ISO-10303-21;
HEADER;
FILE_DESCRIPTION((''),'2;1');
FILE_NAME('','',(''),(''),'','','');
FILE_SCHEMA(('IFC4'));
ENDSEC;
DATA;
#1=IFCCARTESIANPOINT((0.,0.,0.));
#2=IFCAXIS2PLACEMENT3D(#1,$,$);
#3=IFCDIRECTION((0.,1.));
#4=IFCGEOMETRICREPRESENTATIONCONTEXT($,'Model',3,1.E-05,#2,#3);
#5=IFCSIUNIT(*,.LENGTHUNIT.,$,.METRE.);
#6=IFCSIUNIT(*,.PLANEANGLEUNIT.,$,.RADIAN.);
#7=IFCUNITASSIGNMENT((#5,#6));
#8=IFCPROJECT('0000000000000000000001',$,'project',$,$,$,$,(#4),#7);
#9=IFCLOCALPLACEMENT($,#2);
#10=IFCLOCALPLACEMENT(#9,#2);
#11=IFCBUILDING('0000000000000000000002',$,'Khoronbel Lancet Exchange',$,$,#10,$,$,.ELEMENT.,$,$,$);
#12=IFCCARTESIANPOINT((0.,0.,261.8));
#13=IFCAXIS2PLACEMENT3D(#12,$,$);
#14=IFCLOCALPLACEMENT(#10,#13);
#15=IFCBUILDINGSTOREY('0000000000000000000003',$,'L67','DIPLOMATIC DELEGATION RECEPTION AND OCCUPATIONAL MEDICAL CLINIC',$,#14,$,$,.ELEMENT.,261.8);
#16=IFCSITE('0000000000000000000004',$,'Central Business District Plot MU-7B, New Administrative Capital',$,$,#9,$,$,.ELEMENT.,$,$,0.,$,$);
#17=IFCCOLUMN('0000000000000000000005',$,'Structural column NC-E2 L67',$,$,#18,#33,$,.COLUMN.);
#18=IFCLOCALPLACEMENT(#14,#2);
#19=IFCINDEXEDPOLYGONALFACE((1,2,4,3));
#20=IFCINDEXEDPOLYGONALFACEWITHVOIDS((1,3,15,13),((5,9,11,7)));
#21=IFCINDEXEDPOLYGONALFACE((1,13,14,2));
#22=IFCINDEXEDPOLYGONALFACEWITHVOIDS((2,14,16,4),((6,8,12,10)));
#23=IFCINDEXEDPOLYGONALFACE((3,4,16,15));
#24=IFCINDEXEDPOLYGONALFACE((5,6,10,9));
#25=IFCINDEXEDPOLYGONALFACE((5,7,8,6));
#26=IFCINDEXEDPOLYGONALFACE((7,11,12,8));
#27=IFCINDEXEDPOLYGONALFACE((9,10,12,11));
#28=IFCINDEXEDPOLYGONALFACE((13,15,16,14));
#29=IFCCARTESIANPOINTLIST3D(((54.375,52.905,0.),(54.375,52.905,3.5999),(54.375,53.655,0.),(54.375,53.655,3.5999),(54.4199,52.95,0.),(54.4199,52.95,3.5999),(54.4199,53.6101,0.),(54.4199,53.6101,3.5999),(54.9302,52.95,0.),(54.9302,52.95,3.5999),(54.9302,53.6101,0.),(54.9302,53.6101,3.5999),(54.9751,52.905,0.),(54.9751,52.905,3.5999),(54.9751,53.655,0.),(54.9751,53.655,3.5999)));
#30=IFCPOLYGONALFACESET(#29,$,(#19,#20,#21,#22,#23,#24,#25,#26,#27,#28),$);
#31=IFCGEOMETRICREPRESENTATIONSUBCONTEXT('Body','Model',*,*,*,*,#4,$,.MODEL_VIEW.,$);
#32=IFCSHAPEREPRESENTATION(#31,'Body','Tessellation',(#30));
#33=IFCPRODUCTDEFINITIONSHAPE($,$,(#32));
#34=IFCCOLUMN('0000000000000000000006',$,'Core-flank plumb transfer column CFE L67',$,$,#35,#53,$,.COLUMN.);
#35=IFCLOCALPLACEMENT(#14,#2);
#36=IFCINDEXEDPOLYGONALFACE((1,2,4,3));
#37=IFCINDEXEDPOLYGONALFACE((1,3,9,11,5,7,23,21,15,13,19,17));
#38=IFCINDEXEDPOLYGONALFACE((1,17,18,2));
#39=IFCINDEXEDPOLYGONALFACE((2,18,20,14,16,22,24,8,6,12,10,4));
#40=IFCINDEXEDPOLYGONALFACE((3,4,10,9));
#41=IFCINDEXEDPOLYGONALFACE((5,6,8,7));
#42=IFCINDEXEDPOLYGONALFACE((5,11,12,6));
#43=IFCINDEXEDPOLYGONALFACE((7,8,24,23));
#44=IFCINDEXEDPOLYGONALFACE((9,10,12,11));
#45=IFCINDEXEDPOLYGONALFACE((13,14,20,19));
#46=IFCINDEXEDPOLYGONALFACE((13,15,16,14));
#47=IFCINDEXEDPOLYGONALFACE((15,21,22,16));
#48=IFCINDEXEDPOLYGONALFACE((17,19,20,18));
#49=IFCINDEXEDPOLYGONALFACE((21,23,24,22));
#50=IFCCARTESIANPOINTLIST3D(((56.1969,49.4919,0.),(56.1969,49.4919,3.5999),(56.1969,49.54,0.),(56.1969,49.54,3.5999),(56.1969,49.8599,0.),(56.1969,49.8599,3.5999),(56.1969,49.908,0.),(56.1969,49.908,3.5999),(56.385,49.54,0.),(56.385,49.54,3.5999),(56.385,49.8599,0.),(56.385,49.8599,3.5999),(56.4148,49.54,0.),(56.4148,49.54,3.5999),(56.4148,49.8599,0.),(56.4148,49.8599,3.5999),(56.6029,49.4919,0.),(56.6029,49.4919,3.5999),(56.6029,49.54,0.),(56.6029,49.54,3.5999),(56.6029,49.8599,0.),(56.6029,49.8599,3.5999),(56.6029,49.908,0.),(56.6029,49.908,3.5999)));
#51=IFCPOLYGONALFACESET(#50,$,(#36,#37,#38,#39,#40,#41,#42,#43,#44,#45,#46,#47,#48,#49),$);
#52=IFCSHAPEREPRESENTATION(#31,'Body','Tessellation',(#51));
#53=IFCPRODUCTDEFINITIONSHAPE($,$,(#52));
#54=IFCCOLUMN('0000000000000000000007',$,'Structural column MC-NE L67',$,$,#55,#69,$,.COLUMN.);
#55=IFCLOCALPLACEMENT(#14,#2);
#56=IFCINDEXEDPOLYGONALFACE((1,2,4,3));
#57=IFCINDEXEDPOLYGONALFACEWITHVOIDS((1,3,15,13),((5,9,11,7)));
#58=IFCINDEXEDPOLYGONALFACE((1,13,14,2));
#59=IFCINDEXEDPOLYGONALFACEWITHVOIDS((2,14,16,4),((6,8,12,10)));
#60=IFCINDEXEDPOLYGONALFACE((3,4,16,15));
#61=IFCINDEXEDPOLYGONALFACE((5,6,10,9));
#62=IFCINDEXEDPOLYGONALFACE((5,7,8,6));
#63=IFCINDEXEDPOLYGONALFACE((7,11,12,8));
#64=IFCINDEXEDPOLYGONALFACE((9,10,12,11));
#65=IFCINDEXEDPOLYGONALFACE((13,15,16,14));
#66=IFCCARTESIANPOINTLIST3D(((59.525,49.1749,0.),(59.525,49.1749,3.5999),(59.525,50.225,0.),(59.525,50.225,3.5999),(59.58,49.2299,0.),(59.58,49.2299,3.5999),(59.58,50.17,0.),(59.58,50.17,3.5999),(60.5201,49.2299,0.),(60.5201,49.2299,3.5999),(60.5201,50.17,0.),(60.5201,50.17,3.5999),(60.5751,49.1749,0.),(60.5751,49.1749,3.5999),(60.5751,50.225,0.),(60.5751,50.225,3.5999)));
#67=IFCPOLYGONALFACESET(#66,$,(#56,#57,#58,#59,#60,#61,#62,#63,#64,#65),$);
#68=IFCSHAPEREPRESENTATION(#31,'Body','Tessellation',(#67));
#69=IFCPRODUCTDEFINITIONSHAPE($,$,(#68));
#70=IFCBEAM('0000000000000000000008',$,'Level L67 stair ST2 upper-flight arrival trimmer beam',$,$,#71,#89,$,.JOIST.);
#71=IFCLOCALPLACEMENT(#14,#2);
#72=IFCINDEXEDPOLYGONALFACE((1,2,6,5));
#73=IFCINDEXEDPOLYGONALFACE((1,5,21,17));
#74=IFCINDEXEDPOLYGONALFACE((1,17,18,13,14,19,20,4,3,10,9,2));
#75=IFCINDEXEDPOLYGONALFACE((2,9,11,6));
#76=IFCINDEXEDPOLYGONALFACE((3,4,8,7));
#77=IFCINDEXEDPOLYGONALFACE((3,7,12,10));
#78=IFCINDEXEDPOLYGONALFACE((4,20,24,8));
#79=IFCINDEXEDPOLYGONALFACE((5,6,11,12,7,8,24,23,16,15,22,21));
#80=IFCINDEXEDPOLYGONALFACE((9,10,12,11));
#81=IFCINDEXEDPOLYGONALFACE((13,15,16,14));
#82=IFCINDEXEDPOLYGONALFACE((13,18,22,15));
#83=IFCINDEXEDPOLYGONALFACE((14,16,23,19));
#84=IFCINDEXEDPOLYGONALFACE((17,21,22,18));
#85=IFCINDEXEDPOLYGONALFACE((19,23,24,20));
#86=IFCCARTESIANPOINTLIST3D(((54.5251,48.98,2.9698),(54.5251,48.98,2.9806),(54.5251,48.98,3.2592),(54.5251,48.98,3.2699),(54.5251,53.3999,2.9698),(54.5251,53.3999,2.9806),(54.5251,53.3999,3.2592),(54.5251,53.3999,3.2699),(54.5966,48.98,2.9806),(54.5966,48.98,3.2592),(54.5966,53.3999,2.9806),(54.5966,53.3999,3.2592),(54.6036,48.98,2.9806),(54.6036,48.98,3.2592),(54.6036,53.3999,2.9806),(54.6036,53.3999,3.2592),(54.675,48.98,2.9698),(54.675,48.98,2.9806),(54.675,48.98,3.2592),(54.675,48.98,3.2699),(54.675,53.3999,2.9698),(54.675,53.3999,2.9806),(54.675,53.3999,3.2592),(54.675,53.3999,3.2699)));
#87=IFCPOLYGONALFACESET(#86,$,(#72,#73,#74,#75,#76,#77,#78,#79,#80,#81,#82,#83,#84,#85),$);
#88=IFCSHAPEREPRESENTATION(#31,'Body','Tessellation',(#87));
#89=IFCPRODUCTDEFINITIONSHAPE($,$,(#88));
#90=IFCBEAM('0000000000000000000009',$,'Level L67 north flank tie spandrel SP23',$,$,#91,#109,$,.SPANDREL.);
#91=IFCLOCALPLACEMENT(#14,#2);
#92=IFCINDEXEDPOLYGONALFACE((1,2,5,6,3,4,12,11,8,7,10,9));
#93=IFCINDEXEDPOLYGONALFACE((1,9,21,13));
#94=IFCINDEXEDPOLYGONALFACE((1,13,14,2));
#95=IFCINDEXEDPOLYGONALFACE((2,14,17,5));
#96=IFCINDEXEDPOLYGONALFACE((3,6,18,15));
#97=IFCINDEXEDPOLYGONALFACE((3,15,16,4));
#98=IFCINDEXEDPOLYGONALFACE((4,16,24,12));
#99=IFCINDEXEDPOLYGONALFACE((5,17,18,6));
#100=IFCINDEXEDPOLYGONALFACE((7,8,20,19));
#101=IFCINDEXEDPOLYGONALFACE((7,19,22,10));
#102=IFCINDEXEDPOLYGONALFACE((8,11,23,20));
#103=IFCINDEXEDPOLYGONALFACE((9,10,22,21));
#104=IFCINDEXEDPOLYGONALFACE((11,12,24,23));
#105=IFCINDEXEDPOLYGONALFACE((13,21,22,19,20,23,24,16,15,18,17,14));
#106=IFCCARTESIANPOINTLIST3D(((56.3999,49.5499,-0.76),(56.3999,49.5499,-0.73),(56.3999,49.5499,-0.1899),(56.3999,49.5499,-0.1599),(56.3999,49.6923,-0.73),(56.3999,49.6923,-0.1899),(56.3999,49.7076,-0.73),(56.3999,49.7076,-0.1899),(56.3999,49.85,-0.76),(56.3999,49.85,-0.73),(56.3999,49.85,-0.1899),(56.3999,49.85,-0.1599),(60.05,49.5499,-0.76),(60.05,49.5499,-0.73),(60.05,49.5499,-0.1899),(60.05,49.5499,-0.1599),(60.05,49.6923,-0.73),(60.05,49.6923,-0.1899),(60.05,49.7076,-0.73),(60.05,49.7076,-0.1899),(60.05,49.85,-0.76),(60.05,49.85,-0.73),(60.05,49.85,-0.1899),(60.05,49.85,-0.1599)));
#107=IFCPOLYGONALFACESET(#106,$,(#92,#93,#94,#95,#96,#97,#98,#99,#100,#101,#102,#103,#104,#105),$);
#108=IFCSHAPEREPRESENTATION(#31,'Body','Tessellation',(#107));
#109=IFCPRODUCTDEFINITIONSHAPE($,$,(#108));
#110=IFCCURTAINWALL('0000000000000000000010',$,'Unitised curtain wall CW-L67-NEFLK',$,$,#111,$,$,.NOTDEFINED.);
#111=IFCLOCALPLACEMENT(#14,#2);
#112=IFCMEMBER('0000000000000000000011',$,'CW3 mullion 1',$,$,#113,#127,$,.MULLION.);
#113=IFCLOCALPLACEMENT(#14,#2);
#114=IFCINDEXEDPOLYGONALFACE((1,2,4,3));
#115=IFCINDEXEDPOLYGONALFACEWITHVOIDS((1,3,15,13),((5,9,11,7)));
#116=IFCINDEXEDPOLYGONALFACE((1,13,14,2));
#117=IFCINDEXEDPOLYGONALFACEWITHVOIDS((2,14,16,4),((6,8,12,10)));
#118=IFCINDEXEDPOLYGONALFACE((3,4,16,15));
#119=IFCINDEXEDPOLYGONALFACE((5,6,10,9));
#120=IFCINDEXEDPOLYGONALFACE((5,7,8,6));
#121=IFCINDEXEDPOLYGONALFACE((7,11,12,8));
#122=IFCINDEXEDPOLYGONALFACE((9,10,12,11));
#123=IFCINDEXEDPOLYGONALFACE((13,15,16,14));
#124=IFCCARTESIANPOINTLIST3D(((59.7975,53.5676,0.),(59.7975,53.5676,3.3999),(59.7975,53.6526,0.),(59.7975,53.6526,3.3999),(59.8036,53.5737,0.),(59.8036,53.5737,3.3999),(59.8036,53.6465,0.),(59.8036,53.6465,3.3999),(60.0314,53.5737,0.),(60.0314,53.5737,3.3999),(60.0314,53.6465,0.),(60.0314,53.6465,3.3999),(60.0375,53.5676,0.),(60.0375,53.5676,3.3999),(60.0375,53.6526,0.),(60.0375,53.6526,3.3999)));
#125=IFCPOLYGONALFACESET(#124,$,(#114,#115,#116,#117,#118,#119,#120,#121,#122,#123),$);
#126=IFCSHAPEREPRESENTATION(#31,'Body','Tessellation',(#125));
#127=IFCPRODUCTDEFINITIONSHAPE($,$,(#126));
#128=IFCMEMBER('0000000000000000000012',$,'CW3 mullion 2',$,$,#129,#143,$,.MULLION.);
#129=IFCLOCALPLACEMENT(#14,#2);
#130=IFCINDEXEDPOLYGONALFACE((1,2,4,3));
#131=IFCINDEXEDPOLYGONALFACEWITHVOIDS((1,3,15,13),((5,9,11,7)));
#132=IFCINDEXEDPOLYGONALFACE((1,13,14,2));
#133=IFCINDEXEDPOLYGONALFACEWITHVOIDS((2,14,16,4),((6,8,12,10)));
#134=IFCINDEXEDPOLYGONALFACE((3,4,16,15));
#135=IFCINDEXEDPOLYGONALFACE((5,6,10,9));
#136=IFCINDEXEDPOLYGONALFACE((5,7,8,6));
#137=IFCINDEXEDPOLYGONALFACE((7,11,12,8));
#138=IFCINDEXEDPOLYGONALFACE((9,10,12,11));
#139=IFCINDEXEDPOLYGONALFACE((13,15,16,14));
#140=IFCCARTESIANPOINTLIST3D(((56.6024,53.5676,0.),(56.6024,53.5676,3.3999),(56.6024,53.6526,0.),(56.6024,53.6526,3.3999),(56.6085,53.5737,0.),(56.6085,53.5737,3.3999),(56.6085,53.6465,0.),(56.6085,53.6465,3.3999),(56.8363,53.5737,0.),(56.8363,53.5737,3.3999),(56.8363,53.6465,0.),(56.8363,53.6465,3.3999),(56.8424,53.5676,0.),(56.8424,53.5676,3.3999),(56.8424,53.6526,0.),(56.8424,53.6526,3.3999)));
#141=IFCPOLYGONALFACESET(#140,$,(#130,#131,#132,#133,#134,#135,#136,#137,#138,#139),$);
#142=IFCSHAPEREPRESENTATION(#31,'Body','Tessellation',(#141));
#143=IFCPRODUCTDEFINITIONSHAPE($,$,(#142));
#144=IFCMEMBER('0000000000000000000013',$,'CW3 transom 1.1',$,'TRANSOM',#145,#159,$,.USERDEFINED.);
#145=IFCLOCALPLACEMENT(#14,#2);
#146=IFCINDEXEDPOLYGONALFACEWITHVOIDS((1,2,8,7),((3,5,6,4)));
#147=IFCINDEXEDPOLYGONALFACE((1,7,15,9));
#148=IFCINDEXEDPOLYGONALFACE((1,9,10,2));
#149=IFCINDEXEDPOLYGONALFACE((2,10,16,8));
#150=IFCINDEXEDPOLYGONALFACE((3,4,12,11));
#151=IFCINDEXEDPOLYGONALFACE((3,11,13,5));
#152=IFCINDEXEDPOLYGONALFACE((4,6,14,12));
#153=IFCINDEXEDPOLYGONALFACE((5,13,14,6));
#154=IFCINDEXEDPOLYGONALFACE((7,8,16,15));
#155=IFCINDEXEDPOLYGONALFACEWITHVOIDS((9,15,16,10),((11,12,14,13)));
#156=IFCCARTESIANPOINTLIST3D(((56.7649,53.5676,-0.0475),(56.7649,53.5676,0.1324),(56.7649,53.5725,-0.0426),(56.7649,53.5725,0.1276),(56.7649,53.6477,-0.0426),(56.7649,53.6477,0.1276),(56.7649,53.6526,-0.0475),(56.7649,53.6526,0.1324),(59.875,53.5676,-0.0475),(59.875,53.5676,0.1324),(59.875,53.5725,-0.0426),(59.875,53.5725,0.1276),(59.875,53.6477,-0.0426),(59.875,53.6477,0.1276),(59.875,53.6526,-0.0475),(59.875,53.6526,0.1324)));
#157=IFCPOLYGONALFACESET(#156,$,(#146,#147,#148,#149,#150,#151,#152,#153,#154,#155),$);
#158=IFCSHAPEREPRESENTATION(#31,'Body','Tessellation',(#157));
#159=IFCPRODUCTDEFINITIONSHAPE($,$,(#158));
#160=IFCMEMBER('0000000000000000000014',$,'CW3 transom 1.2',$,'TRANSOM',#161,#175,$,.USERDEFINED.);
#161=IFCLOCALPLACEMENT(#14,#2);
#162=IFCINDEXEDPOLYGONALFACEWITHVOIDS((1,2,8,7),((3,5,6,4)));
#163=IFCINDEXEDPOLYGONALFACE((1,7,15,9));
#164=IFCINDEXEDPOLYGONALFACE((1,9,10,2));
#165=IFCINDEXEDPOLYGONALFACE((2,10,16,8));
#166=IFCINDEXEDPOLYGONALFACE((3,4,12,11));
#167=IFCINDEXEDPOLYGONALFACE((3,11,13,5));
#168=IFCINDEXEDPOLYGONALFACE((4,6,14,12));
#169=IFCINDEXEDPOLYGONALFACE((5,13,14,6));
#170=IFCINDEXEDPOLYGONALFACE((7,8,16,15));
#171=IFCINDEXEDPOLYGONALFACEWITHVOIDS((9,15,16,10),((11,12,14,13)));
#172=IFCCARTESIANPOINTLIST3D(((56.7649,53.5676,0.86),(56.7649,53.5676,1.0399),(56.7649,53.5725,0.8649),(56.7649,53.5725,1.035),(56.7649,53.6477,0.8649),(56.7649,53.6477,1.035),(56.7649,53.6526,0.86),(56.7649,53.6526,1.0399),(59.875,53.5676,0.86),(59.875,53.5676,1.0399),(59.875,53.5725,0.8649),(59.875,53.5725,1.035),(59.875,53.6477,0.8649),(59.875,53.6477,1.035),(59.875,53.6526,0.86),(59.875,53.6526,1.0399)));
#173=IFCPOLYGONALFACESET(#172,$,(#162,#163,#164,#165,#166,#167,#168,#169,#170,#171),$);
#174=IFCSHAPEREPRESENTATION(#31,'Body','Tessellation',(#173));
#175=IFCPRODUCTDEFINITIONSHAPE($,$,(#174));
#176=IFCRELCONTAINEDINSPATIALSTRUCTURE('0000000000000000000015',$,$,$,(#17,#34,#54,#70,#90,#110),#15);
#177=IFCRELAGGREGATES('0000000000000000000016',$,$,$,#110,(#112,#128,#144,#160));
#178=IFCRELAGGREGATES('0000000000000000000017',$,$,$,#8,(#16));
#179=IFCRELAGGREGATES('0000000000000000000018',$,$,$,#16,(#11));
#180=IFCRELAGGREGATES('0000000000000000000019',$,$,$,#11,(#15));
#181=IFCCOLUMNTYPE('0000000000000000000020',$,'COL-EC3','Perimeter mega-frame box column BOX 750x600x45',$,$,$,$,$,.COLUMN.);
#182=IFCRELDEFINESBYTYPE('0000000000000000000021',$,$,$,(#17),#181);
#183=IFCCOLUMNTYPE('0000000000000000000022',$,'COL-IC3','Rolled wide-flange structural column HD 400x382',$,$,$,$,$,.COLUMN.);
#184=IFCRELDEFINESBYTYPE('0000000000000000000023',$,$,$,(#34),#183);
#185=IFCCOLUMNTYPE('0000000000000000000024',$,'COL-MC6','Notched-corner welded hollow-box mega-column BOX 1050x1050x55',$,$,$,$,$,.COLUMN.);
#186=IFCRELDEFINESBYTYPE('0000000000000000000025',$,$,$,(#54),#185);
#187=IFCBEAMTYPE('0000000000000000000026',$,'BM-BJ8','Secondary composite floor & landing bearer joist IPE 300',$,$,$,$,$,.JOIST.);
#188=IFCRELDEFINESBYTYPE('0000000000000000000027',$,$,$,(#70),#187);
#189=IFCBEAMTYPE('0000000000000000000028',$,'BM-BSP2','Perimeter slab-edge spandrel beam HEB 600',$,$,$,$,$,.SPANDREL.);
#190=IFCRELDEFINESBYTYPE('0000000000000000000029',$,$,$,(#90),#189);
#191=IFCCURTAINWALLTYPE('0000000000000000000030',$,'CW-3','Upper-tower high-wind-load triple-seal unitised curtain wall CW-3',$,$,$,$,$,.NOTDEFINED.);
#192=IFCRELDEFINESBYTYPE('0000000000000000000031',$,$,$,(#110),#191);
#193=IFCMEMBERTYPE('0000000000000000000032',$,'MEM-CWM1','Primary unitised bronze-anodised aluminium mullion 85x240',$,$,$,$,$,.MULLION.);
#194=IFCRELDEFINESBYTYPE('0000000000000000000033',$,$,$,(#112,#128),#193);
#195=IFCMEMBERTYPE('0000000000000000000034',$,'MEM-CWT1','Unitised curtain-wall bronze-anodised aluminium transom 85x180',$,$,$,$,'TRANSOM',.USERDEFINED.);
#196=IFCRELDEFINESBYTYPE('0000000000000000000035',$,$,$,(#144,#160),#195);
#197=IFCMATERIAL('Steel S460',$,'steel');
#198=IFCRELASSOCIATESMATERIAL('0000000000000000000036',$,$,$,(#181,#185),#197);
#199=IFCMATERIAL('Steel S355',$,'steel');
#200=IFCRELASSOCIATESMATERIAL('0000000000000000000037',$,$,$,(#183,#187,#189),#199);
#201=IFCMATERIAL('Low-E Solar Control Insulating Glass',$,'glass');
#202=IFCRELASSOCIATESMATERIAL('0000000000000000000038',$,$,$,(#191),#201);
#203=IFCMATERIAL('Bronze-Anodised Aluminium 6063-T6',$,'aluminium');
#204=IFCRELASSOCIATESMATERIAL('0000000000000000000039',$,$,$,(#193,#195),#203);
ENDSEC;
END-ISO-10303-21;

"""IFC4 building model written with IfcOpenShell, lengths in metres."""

from ifc_helpers import new_model, si_unit, direction, frame, origin, origin_2d, place, context, subcontext, project, spatial, hollow_rectangle, i_section, extrude, material, material_profile, profile_set, type_object, element, aggregate, save


model = new_model("IFC4")

# Units and contexts
model_context = context("Model", 3, precision=1e-05, world=origin(), true_north=direction((0.0, 1.0)))
body_context = subcontext(model_context, "Body", "Model", "MODEL_VIEW")
ifc_project = project(units=[si_unit("LENGTHUNIT", "METRE"), si_unit("PLANEANGLEUNIT", "RADIAN")], contexts=[model_context])

# Site, building, storey
site_placement = place(None, origin())
site = spatial("IfcSite", under=ifc_project, at=site_placement, Name="Central Business District Plot MU-7B, New Administrative Capital", CompositionType="ELEMENT", RefElevation=0.0)
building_placement = place(site_placement, origin())
building = spatial("IfcBuilding", under=site, at=building_placement, Name="Khoronbel Lancet Exchange", CompositionType="ELEMENT")
storey_placement = place(building_placement, frame((0.0, 0.0, 261.8)))
storey = spatial("IfcBuildingStorey", under=building, at=storey_placement, Name="L67", Description="DIPLOMATIC DELEGATION RECEPTION AND OCCUPATIONAL MEDICAL CLINIC", CompositionType="ELEMENT", Elevation=261.8)

# Columns
ifc_material_1 = material(Name="Steel S460", Category="steel")
ifc_material_profile_1 = material_profile(ifc_material_1, hollow_rectangle(XDim=0.6001, YDim=0.75, WallThickness=0.0449, at=origin_2d()), Name="BOX 750x600x45")
ifc_profile_set_1 = profile_set([ifc_material_profile_1], Name="Steel S460")
column_type_1 = type_object("IfcColumnType", Name="COL-EC3", Description="Perimeter mega-frame box column BOX 750x600x45", PredefinedType="COLUMN", material=ifc_profile_set_1)
column_1_placement = place(storey_placement, frame((54.675, 53.28, 0.0), z_axis=(0.0, 0.0, 1.0), x_axis=(1.0, 0.0, 0.0)))
element("IfcColumn", 1, at=column_1_placement, inside=storey, type_object=column_type_1, Name="Structural column NC-E2 L67", PredefinedType="COLUMN", context=body_context, shape_type="SweptSolid", body=[
    extrude(hollow_rectangle(XDim=0.6001, YDim=0.75, WallThickness=0.0449, at=origin_2d()), origin(), (0.0, 0.0, 1.0), 3.5999),
])
ifc_material_2 = material(Name="Steel S355", Category="steel")
ifc_material_profile_2 = material_profile(ifc_material_2, i_section(OverallWidth=0.406, OverallDepth=0.416, WebThickness=0.0298, FlangeThickness=0.0481, at=origin_2d()), Name="HD 400x382")
ifc_profile_set_2 = profile_set([ifc_material_profile_2], Name="Steel S355")
column_type_2 = type_object("IfcColumnType", Name="COL-IC3", Description="Rolled wide-flange structural column HD 400x382", PredefinedType="COLUMN", material=ifc_profile_set_2)
column_2_placement = place(storey_placement, frame((56.3999, 49.7, 0.0), z_axis=(0.0, 0.0, 1.0), x_axis=(1.0, 0.0, 0.0)))
element("IfcColumn", 2, at=column_2_placement, inside=storey, type_object=column_type_2, Name="Core-flank plumb transfer column CFE L67", PredefinedType="COLUMN", context=body_context, shape_type="SweptSolid", body=[
    extrude(i_section(OverallWidth=0.406, OverallDepth=0.416, WebThickness=0.0298, FlangeThickness=0.0481, at=origin_2d()), origin(), (0.0, 0.0, 1.0), 3.5999),
])
ifc_material_profile_3 = material_profile(ifc_material_1, hollow_rectangle(XDim=1.05, YDim=1.05, WallThickness=0.0549, at=origin_2d()), Name="BOX 1050x1050x55")
ifc_profile_set_3 = profile_set([ifc_material_profile_3], Name="Steel S460")
column_type_3 = type_object("IfcColumnType", Name="COL-MC6", Description="Notched-corner welded hollow-box mega-column BOX 1050x1050x55", PredefinedType="COLUMN", material=ifc_profile_set_3)
column_3_placement = place(storey_placement, frame((60.05, 49.7, 0.0), z_axis=(0.0, 0.0, 1.0), x_axis=(1.0, 0.0, 0.0)))
element("IfcColumn", 3, at=column_3_placement, inside=storey, type_object=column_type_3, Name="Structural column MC-NE L67", PredefinedType="COLUMN", context=body_context, shape_type="SweptSolid", body=[
    extrude(hollow_rectangle(XDim=1.05, YDim=1.05, WallThickness=0.0549, at=origin_2d()), origin(), (0.0, 0.0, 1.0), 3.5999),
])

# Beams
ifc_material_profile_4 = material_profile(ifc_material_2, i_section(OverallWidth=0.1499, OverallDepth=0.3, WebThickness=0.0071, FlangeThickness=0.0107, at=origin_2d()), Name="IPE 300")
ifc_profile_set_4 = profile_set([ifc_material_profile_4], Name="Steel S355")
beam_type_1 = type_object("IfcBeamType", Name="BM-BJ8", Description="Secondary composite floor & landing bearer joist IPE 300", PredefinedType="JOIST", material=ifc_profile_set_4)
beam_1_placement = place(storey_placement, frame((54.6001, 48.98, 3.1199), z_axis=(0.0, 1.0, 0.0), x_axis=(-1.0, 0.0, 0.0)))
element("IfcBeam", 4, at=beam_1_placement, inside=storey, type_object=beam_type_1, Name="Level L67 stair ST2 upper-flight arrival trimmer beam", PredefinedType="JOIST", context=body_context, shape_type="SweptSolid", body=[
    extrude(i_section(OverallWidth=0.1499, OverallDepth=0.3, WebThickness=0.0071, FlangeThickness=0.0107, at=origin_2d()), origin(), (0.0, 0.0, 1.0), 4.4199),
])
ifc_material_profile_5 = material_profile(ifc_material_2, i_section(OverallWidth=0.3, OverallDepth=0.6001, WebThickness=0.0154, FlangeThickness=0.03, at=origin_2d()), Name="HEB 600")
ifc_profile_set_5 = profile_set([ifc_material_profile_5], Name="Steel S355")
beam_type_2 = type_object("IfcBeamType", Name="BM-BSP2", Description="Perimeter slab-edge spandrel beam HEB 600", PredefinedType="SPANDREL", material=ifc_profile_set_5)
beam_2_placement = place(storey_placement, frame((60.05, 49.7, -0.46), z_axis=(-1.0, 0.0, 0.0), x_axis=(0.0, -1.0, 0.0)))
element("IfcBeam", 5, at=beam_2_placement, inside=storey, type_object=beam_type_2, Name="Level L67 north flank tie spandrel SP23", PredefinedType="SPANDREL", context=body_context, shape_type="SweptSolid", body=[
    extrude(i_section(OverallWidth=0.3, OverallDepth=0.6001, WebThickness=0.0154, FlangeThickness=0.03, at=origin_2d()), origin(), (0.0, 0.0, 1.0), 3.6501),
])

# Curtain wall, members
ifc_material_3 = material(Name="Low-E Solar Control Insulating Glass", Category="glass")
curtain_wall_type = type_object("IfcCurtainWallType", Name="CW-3", Description="Upper-tower high-wind-load triple-seal unitised curtain wall CW-3", PredefinedType="NOTDEFINED", material=ifc_material_3)
curtain_wall_placement = place(storey_placement, origin())
curtain_wall = element("IfcCurtainWall", 6, at=curtain_wall_placement, inside=storey, type_object=curtain_wall_type, Name="Unitised curtain wall CW-L67-NEFLK", PredefinedType="NOTDEFINED")
ifc_material_4 = material(Name="Bronze-Anodised Aluminium 6063-T6", Category="aluminium")
ifc_material_profile_6 = material_profile(ifc_material_4, hollow_rectangle(XDim=0.085, YDim=0.24, WallThickness=0.0061, at=origin_2d()), Name="ALU MULLION 85x240")
ifc_profile_set_6 = profile_set([ifc_material_profile_6], Name="Bronze-Anodised Aluminium 6063-T6")
member_type_1 = type_object("IfcMemberType", Name="MEM-CWM1", Description="Primary unitised bronze-anodised aluminium mullion 85x240", PredefinedType="MULLION", material=ifc_profile_set_6)
member_1_placement = place(storey_placement, frame((59.9175, 53.6101, 0.0), z_axis=(0.0, 0.0, 1.0), x_axis=(0.0, -1.0, 0.0)))
member_1 = element("IfcMember", 7, at=member_1_placement, type_object=member_type_1, Name="CW3 mullion 1", PredefinedType="MULLION", context=body_context, shape_type="SweptSolid", body=[
    extrude(hollow_rectangle(XDim=0.085, YDim=0.24, WallThickness=0.0061, at=origin_2d()), origin(), (0.0, 0.0, 1.0), 3.3999),
])
member_2_placement = place(storey_placement, frame((56.7224, 53.6101, 0.0), z_axis=(0.0, 0.0, 1.0), x_axis=(0.0, -1.0, 0.0)))
member_2 = element("IfcMember", 8, at=member_2_placement, type_object=member_type_1, Name="CW3 mullion 2", PredefinedType="MULLION", context=body_context, shape_type="SweptSolid", body=[
    extrude(hollow_rectangle(XDim=0.085, YDim=0.24, WallThickness=0.0061, at=origin_2d()), origin(), (0.0, 0.0, 1.0), 3.3999),
])
ifc_material_profile_7 = material_profile(ifc_material_4, hollow_rectangle(XDim=0.085, YDim=0.1799, WallThickness=0.0049, at=origin_2d()), Name="ALU TRANSOM 85x180")
ifc_profile_set_7 = profile_set([ifc_material_profile_7], Name="Bronze-Anodised Aluminium 6063-T6")
member_type_2 = type_object("IfcMemberType", Name="MEM-CWT1", Description="Unitised curtain-wall bronze-anodised aluminium transom 85x180", ElementType="TRANSOM", PredefinedType="USERDEFINED", material=ifc_profile_set_7)
member_3_placement = place(storey_placement, frame((59.875, 53.6101, 0.0425), z_axis=(-1.0, 0.0, 0.0), x_axis=(0.0, -1.0, 0.0)))
member_3 = element("IfcMember", 9, at=member_3_placement, type_object=member_type_2, Name="CW3 transom 1.1", ObjectType="TRANSOM", PredefinedType="USERDEFINED", context=body_context, shape_type="SweptSolid", body=[
    extrude(hollow_rectangle(XDim=0.085, YDim=0.1799, WallThickness=0.0049, at=origin_2d()), origin(), (0.0, 0.0, 1.0), 3.1101),
])
member_4_placement = place(storey_placement, frame((59.875, 53.6101, 0.95), z_axis=(-1.0, 0.0, 0.0), x_axis=(0.0, -1.0, 0.0)))
member_4 = element("IfcMember", 10, at=member_4_placement, type_object=member_type_2, Name="CW3 transom 1.2", ObjectType="TRANSOM", PredefinedType="USERDEFINED", context=body_context, shape_type="SweptSolid", body=[
    extrude(hollow_rectangle(XDim=0.085, YDim=0.1799, WallThickness=0.0049, at=origin_2d()), origin(), (0.0, 0.0, 1.0), 3.1101),
])

aggregate(curtain_wall, [member_1, member_2, member_3, member_4])

save(model, "model.ifc")
